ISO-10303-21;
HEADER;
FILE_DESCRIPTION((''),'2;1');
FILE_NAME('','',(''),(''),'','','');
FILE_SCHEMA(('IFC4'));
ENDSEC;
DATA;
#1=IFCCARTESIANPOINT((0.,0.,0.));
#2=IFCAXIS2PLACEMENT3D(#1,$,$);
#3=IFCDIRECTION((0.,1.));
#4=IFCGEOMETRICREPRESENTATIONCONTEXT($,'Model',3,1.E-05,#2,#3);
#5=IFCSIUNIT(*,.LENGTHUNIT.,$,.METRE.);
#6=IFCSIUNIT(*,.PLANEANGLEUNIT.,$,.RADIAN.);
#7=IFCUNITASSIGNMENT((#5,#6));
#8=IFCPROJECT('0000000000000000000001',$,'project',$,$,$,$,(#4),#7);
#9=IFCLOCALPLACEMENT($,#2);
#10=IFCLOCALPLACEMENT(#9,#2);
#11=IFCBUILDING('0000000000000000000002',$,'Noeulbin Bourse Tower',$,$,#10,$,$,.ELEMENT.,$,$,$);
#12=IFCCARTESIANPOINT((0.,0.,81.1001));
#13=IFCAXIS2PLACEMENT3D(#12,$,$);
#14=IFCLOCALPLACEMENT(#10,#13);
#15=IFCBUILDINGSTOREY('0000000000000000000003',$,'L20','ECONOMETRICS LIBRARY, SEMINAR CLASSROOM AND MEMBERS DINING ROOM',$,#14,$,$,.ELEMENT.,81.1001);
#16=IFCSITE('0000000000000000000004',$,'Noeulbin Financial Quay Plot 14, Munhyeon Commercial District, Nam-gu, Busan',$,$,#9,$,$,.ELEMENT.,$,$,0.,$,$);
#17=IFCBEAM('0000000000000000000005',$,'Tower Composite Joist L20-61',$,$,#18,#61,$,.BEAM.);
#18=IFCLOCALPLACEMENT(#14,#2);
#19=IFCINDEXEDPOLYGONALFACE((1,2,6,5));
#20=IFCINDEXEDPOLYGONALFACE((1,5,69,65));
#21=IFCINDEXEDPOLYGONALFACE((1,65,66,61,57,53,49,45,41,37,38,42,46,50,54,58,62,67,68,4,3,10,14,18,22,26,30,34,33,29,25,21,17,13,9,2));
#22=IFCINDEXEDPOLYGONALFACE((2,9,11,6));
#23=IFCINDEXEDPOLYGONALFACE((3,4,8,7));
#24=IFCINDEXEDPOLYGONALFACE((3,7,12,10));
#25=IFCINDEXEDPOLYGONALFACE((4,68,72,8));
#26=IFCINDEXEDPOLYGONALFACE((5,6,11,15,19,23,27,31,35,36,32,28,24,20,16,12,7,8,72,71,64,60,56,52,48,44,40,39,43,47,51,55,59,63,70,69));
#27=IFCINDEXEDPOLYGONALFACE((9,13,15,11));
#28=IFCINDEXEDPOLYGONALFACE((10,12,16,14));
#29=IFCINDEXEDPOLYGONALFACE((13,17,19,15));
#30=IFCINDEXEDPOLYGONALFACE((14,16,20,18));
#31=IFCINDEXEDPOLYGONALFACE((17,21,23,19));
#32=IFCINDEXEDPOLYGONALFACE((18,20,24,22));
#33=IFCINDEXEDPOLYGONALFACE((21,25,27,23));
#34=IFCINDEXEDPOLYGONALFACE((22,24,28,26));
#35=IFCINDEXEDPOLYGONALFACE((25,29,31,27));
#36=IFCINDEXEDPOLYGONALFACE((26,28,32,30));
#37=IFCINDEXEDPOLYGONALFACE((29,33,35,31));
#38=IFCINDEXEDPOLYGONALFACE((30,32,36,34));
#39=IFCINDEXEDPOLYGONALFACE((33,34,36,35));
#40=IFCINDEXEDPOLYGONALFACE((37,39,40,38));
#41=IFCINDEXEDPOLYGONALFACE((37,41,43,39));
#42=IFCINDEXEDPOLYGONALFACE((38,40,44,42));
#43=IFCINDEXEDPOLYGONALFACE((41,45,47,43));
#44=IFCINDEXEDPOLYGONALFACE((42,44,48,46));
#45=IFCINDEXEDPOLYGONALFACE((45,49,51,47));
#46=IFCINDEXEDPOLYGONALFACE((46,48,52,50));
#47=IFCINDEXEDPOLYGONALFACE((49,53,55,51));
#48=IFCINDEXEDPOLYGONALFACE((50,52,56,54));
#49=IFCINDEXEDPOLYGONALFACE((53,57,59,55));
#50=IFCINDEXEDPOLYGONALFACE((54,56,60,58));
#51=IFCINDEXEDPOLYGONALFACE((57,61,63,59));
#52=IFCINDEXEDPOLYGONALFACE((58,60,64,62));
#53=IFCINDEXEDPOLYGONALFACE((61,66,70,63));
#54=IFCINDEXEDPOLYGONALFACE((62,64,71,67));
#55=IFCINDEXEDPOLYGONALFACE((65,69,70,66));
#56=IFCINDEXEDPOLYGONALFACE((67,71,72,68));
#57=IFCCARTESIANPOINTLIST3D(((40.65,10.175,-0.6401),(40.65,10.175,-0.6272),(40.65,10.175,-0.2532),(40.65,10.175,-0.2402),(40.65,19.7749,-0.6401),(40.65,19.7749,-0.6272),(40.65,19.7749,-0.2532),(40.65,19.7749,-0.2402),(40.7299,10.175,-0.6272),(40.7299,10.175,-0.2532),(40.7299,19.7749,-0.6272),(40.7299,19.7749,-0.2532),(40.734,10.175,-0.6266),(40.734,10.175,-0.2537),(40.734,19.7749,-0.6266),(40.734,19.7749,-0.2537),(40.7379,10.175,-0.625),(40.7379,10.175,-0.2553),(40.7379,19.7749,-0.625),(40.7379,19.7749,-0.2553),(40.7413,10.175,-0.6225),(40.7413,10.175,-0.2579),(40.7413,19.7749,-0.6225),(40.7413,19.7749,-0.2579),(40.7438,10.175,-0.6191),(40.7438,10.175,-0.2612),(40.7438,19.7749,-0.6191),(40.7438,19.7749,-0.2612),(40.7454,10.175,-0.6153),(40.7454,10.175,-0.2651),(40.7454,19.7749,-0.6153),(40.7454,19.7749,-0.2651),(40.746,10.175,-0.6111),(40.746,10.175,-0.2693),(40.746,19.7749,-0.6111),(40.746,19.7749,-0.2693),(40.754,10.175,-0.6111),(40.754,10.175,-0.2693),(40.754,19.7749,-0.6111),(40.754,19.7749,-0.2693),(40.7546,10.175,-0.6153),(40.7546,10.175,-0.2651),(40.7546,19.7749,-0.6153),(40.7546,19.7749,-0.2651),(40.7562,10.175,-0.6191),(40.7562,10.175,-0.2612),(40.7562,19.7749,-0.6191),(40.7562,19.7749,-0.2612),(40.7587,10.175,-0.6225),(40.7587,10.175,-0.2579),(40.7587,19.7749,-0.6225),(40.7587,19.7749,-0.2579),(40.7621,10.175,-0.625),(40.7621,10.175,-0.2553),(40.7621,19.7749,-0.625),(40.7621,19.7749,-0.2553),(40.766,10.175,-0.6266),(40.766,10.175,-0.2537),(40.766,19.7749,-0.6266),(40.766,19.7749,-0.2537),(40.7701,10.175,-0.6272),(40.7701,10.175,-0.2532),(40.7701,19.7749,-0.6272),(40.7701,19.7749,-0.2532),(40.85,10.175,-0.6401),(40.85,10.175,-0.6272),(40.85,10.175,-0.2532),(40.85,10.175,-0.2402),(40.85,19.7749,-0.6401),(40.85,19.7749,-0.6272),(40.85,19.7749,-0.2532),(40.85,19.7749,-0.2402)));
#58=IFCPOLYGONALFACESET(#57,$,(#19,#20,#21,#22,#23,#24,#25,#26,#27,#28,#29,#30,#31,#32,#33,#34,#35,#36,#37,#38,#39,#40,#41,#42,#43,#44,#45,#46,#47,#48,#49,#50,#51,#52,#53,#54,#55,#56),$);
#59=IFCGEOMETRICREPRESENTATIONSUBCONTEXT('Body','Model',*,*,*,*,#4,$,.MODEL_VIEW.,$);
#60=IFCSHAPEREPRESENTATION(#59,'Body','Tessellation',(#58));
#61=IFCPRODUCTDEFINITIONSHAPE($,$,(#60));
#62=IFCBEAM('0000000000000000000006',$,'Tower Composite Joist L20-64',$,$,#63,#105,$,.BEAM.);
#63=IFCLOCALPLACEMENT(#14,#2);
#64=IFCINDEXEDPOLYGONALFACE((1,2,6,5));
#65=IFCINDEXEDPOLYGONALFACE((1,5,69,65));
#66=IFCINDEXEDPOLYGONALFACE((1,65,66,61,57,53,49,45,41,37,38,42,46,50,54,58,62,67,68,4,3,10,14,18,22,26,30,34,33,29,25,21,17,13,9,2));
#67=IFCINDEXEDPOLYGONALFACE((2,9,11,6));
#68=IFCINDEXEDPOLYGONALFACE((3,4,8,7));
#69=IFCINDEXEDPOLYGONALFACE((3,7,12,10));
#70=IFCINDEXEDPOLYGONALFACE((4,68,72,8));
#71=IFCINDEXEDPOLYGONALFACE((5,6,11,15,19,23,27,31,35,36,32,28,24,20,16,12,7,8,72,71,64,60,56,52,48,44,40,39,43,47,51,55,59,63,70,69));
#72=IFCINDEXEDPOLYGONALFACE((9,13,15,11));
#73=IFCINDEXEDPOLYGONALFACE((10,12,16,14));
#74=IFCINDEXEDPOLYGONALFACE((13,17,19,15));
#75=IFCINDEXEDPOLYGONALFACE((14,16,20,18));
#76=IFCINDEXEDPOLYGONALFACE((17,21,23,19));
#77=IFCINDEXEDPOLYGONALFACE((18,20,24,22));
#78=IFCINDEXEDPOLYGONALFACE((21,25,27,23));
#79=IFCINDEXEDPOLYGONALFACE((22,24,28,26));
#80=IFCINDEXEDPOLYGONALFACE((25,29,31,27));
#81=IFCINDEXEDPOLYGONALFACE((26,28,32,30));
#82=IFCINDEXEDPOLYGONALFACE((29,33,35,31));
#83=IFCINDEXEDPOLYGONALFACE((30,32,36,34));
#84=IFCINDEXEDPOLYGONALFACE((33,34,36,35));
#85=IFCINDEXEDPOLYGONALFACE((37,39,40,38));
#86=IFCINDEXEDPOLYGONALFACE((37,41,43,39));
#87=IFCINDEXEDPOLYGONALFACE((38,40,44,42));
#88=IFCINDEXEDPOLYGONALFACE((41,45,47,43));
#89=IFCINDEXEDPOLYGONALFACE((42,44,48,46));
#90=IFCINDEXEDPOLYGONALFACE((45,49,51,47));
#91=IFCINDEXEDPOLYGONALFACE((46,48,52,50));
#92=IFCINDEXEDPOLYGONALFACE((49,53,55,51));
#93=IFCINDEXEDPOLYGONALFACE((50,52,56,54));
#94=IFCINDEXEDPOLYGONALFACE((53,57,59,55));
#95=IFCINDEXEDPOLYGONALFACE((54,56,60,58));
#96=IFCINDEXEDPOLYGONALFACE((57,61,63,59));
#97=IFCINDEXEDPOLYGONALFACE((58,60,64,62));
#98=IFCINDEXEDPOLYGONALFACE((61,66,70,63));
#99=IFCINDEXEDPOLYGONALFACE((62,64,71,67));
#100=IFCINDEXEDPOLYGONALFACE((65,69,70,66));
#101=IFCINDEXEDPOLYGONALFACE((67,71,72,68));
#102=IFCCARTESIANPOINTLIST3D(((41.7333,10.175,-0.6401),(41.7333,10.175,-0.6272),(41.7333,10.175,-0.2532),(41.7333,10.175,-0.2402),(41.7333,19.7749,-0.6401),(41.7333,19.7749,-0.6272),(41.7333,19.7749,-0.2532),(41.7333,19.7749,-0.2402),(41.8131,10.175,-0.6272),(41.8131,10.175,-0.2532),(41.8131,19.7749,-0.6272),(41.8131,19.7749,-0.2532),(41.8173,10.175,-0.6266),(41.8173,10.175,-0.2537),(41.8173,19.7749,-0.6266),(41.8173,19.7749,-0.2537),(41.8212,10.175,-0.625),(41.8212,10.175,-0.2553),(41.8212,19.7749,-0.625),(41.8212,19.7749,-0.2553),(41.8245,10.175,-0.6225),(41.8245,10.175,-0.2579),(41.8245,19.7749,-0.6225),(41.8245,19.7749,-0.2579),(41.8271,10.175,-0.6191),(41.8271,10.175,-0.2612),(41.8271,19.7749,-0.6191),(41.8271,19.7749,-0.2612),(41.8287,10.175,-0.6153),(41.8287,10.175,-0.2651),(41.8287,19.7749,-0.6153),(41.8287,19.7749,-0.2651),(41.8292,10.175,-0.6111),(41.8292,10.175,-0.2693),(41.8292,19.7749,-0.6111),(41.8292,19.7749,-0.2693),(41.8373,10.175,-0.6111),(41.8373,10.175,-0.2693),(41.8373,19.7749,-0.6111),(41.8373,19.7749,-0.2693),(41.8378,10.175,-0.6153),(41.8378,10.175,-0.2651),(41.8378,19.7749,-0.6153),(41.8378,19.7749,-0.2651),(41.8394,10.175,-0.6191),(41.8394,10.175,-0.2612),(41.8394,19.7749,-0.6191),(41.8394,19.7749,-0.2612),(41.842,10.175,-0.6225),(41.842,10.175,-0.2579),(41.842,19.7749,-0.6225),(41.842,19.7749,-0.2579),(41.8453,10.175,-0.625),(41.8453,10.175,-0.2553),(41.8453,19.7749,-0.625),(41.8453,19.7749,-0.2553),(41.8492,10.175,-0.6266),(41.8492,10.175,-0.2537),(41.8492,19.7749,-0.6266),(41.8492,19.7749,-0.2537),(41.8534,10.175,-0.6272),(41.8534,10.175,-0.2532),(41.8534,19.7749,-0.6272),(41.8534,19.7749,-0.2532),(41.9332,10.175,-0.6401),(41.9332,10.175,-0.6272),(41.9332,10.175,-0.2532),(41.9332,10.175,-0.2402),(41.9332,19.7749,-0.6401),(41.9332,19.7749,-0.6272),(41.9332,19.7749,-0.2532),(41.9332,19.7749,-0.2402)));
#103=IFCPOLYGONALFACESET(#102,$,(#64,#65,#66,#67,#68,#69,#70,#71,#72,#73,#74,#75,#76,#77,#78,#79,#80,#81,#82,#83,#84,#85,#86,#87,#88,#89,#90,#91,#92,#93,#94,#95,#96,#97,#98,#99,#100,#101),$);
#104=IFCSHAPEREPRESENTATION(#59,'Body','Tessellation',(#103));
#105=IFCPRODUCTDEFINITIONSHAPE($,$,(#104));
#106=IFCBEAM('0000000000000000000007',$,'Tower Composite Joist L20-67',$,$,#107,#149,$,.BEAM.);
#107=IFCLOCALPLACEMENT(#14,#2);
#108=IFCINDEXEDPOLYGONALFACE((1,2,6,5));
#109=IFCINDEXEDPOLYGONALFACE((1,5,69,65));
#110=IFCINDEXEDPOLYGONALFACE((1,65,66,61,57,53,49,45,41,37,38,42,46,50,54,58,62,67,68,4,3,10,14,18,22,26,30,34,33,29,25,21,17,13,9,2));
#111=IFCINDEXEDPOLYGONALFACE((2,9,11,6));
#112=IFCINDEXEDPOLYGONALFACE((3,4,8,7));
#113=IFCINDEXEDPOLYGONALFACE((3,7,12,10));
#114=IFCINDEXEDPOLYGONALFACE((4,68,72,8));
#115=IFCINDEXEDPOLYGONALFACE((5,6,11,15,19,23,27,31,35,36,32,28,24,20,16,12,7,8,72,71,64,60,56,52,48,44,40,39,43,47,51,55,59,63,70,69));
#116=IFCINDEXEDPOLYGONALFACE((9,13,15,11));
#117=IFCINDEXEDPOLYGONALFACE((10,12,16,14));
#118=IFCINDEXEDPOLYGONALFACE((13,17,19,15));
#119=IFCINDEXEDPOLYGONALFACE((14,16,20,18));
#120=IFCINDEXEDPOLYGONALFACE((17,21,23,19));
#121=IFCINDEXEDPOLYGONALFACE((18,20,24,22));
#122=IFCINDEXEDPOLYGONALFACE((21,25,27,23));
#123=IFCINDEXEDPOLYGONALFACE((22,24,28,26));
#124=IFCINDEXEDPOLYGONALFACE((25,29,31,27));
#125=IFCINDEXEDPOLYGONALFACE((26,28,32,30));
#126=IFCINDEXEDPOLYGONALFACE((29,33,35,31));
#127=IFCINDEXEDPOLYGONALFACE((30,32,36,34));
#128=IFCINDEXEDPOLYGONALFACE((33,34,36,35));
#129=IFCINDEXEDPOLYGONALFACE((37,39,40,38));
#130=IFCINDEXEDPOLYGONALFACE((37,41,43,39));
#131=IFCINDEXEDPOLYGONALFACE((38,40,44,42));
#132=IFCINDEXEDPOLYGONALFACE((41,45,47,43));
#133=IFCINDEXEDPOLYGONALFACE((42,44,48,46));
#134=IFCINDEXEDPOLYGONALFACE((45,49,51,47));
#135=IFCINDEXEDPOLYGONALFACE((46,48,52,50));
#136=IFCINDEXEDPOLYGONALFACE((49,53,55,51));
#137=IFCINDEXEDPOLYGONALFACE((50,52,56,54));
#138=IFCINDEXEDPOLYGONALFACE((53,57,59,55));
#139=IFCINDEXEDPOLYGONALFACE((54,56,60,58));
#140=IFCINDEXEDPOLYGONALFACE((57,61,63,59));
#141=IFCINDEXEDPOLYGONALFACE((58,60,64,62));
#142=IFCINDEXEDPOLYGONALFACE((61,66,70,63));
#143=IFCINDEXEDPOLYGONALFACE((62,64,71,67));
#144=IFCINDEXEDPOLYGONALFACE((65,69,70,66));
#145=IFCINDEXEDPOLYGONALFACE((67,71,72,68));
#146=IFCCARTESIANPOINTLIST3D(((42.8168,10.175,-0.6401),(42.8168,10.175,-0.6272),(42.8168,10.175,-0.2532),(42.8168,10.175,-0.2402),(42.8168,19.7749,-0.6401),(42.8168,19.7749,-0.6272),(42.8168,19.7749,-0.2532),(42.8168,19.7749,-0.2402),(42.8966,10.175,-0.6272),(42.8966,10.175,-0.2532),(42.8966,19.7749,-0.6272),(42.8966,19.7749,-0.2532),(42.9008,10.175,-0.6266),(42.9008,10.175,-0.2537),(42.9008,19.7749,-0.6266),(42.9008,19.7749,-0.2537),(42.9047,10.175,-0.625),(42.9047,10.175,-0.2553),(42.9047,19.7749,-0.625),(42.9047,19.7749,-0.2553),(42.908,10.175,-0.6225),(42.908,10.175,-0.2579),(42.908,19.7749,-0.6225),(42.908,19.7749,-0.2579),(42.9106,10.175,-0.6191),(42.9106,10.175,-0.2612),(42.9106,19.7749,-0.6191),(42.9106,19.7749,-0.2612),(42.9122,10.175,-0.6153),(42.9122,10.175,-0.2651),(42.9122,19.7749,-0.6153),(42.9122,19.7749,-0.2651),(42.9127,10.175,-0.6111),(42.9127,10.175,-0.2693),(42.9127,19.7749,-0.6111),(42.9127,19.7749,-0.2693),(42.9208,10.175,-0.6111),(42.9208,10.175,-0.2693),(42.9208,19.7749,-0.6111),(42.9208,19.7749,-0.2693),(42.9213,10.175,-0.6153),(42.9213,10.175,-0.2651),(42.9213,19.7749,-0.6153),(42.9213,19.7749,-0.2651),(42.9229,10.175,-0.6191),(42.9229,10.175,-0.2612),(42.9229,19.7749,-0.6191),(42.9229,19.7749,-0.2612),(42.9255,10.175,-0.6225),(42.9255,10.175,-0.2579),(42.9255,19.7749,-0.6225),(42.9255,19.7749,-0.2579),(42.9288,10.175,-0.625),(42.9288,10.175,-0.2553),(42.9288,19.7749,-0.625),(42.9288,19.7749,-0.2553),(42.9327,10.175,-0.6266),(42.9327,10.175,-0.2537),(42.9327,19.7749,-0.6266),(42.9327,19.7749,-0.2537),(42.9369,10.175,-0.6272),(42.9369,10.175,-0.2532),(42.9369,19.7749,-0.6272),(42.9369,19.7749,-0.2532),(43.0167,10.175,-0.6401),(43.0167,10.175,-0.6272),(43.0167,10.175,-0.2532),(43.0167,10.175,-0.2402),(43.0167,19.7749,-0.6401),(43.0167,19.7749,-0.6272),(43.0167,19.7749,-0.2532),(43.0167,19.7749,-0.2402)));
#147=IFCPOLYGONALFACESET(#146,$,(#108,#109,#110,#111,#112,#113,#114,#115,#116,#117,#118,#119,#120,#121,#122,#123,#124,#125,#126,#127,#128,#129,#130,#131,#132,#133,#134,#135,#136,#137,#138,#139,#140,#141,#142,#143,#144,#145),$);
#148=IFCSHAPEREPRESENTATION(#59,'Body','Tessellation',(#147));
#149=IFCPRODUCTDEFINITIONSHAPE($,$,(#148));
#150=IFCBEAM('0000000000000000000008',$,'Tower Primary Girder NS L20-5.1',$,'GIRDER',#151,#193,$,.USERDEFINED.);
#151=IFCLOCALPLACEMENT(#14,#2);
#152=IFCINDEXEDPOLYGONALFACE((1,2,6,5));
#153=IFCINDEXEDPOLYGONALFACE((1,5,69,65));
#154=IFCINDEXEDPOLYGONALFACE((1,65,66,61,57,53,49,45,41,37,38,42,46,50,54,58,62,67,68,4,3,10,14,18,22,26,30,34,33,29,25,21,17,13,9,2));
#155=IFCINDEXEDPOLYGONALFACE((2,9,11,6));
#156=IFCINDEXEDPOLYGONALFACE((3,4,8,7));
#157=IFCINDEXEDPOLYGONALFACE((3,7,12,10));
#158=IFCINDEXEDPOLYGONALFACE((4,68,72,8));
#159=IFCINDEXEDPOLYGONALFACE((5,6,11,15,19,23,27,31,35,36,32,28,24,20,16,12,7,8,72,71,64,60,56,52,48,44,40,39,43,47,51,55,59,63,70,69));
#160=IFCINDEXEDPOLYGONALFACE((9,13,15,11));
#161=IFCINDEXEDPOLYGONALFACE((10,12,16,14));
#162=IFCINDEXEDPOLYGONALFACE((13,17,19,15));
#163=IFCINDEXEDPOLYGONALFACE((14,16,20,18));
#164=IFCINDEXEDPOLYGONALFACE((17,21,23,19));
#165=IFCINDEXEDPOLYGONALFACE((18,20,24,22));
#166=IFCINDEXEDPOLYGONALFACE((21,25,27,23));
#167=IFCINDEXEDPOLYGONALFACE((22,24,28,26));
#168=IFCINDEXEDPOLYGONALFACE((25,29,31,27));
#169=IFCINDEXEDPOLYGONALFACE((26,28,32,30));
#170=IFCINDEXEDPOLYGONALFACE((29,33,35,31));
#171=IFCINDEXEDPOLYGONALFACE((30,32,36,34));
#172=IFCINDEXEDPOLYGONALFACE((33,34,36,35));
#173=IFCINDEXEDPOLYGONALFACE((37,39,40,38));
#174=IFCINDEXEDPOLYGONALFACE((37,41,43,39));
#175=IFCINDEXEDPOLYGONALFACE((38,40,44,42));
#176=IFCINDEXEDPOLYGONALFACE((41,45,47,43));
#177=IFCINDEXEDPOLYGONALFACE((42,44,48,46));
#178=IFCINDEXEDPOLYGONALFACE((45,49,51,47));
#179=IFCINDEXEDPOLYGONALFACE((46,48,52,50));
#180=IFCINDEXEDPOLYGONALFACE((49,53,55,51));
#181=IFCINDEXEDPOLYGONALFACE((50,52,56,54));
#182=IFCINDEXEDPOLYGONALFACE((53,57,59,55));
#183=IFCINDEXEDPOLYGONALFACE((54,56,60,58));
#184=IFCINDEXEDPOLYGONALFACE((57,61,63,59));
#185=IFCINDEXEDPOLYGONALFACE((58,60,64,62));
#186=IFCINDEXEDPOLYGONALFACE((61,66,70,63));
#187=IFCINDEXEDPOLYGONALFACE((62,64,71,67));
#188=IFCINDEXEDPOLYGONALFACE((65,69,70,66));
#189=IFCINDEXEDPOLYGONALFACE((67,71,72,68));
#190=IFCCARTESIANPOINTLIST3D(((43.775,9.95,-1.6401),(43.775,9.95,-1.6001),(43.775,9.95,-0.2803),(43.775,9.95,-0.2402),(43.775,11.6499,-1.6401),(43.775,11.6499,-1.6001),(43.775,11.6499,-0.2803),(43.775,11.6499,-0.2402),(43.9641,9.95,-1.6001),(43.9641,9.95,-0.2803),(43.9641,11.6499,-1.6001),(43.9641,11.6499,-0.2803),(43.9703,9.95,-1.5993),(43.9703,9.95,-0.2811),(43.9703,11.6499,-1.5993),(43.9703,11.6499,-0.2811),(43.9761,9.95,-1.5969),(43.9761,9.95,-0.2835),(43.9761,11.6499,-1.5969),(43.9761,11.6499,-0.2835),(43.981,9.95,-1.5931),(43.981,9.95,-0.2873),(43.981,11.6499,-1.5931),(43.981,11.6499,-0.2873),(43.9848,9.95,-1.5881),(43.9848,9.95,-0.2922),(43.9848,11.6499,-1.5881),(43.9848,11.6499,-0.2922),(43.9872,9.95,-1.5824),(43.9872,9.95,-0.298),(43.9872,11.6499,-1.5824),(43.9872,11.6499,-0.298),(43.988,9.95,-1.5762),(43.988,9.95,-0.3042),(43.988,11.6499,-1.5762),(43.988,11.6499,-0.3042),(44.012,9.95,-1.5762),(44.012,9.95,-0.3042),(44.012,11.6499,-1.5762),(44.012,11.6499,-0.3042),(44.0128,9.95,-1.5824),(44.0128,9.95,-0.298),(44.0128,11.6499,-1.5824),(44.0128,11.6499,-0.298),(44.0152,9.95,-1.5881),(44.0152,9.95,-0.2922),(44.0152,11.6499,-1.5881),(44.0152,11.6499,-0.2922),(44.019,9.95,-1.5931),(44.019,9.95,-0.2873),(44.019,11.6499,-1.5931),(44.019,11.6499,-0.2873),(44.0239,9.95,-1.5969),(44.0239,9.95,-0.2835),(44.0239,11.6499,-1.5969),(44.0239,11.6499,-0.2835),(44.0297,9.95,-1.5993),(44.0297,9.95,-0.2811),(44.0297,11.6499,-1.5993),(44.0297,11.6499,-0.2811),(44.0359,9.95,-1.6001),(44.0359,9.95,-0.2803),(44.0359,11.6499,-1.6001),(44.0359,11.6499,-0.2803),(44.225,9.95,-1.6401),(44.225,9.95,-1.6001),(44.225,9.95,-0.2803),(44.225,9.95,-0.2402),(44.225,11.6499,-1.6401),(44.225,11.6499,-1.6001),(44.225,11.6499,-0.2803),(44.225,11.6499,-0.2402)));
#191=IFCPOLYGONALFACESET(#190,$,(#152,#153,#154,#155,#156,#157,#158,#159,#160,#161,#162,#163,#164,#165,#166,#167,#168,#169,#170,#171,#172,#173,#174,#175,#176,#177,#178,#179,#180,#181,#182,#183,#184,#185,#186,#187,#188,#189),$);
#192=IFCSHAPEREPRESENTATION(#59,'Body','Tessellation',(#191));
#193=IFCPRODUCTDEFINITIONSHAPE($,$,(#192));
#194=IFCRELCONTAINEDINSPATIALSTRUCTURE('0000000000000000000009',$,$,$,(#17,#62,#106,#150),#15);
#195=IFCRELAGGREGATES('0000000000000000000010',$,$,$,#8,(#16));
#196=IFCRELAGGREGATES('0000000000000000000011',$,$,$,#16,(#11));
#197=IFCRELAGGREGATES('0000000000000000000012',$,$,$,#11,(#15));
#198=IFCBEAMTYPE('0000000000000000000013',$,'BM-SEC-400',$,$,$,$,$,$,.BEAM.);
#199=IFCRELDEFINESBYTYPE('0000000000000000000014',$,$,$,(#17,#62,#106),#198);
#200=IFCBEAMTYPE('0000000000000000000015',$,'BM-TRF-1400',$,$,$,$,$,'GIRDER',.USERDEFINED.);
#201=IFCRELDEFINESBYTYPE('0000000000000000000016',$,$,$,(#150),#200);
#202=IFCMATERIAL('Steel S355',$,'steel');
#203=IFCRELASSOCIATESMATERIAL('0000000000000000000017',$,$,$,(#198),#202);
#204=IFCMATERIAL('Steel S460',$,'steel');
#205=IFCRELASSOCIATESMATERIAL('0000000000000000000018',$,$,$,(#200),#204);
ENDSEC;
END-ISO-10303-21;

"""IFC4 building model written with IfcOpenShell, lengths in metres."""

from ifc_helpers import new_model, si_unit, direction, frame, origin, origin_2d, place, context, subcontext, project, spatial, i_section, extrude, material, material_profile, profile_set, type_object, element, save


model = new_model("IFC4")

# Units and contexts
model_context = context("Model", 3, precision=1e-05, world=origin(), true_north=direction((0.0, 1.0)))
body_context = subcontext(model_context, "Body", "Model", "MODEL_VIEW")
ifc_project = project(units=[si_unit("LENGTHUNIT", "METRE"), si_unit("PLANEANGLEUNIT", "RADIAN")], contexts=[model_context])

# Site, building, storey
site_placement = place(None, origin())
site = spatial("IfcSite", under=ifc_project, at=site_placement, Name="Noeulbin Financial Quay Plot 14, Munhyeon Commercial District, Nam-gu, Busan", CompositionType="ELEMENT", RefElevation=0.0)
building_placement = place(site_placement, origin())
building = spatial("IfcBuilding", under=site, at=building_placement, Name="Noeulbin Bourse Tower", CompositionType="ELEMENT")
storey_placement = place(building_placement, frame((0.0, 0.0, 81.1001)))
storey = spatial("IfcBuildingStorey", under=building, at=storey_placement, Name="L20", Description="ECONOMETRICS LIBRARY, SEMINAR CLASSROOM AND MEMBERS DINING ROOM", CompositionType="ELEMENT", Elevation=81.1001)

# Shared definitions
ifc_material_1 = material(Name="Steel S460", Category="steel")

# Beams
ifc_material_2 = material(Name="Steel S355", Category="steel")
ifc_material_profile_1 = material_profile(ifc_material_2, i_section(OverallWidth=0.2, OverallDepth=0.3999, WebThickness=0.0081, FlangeThickness=0.0129, FilletRadius=0.0161, at=origin_2d()), Name="H-400x200x8x13", Category="LoadBearing")
ifc_profile_set_1 = profile_set([ifc_material_profile_1], Name="Steel S355")
beam_type_1 = type_object("IfcBeamType", Name="BM-SEC-400", PredefinedType="BEAM", material=ifc_profile_set_1)
for number, where, z_axis, x_axis, name in (
    (1, (40.75, 10.175, -0.4402), (0.0, 1.0, 0.0), (-1.0, 0.0, 0.0), "Tower Composite Joist L20-61"),
    (2, (41.8333, 10.175, -0.4402), (0.0, 1.0, 0.0), (-1.0, 0.0, 0.0), "Tower Composite Joist L20-64"),
    (3, (42.9167, 10.175, -0.4402), (0.0, 1.0, 0.0), (-1.0, 0.0, 0.0), "Tower Composite Joist L20-67"),
):
    element("IfcBeam", number, at=place(storey_placement, frame(where, z_axis=z_axis, x_axis=x_axis)), inside=storey, type_object=beam_type_1, Name=name, PredefinedType="BEAM", context=body_context, shape_type="SweptSolid", body=[
        extrude(i_section(OverallWidth=0.2, OverallDepth=0.3999, WebThickness=0.0081, FlangeThickness=0.0129, FilletRadius=0.0161, at=origin_2d()), origin(), (0.0, 0.0, 1.0), 9.5999),
    ])
ifc_material_profile_2 = material_profile(ifc_material_1, i_section(OverallWidth=0.45, OverallDepth=1.3999, WebThickness=0.0239, FlangeThickness=0.04, FilletRadius=0.0239, at=origin_2d()), Name="PG-1400x450x24x40", Category="LoadBearing")
ifc_profile_set_2 = profile_set([ifc_material_profile_2], Name="Steel S460")
beam_type_2 = type_object("IfcBeamType", Name="BM-TRF-1400", ElementType="GIRDER", PredefinedType="USERDEFINED", material=ifc_profile_set_2)
beam_1_placement = place(storey_placement, frame((44.0, 9.95, -0.9402), z_axis=(0.0, 1.0, 0.0), x_axis=(-1.0, 0.0, 0.0)))
element("IfcBeam", 4, at=beam_1_placement, inside=storey, type_object=beam_type_2, Name="Tower Primary Girder NS L20-5.1", ObjectType="GIRDER", PredefinedType="USERDEFINED", context=body_context, shape_type="SweptSolid", body=[
    extrude(i_section(OverallWidth=0.45, OverallDepth=1.3999, WebThickness=0.0239, FlangeThickness=0.04, FilletRadius=0.0239, at=origin_2d()), origin(), (0.0, 0.0, 1.0), 1.7),
])

save(model, "model.ifc")
